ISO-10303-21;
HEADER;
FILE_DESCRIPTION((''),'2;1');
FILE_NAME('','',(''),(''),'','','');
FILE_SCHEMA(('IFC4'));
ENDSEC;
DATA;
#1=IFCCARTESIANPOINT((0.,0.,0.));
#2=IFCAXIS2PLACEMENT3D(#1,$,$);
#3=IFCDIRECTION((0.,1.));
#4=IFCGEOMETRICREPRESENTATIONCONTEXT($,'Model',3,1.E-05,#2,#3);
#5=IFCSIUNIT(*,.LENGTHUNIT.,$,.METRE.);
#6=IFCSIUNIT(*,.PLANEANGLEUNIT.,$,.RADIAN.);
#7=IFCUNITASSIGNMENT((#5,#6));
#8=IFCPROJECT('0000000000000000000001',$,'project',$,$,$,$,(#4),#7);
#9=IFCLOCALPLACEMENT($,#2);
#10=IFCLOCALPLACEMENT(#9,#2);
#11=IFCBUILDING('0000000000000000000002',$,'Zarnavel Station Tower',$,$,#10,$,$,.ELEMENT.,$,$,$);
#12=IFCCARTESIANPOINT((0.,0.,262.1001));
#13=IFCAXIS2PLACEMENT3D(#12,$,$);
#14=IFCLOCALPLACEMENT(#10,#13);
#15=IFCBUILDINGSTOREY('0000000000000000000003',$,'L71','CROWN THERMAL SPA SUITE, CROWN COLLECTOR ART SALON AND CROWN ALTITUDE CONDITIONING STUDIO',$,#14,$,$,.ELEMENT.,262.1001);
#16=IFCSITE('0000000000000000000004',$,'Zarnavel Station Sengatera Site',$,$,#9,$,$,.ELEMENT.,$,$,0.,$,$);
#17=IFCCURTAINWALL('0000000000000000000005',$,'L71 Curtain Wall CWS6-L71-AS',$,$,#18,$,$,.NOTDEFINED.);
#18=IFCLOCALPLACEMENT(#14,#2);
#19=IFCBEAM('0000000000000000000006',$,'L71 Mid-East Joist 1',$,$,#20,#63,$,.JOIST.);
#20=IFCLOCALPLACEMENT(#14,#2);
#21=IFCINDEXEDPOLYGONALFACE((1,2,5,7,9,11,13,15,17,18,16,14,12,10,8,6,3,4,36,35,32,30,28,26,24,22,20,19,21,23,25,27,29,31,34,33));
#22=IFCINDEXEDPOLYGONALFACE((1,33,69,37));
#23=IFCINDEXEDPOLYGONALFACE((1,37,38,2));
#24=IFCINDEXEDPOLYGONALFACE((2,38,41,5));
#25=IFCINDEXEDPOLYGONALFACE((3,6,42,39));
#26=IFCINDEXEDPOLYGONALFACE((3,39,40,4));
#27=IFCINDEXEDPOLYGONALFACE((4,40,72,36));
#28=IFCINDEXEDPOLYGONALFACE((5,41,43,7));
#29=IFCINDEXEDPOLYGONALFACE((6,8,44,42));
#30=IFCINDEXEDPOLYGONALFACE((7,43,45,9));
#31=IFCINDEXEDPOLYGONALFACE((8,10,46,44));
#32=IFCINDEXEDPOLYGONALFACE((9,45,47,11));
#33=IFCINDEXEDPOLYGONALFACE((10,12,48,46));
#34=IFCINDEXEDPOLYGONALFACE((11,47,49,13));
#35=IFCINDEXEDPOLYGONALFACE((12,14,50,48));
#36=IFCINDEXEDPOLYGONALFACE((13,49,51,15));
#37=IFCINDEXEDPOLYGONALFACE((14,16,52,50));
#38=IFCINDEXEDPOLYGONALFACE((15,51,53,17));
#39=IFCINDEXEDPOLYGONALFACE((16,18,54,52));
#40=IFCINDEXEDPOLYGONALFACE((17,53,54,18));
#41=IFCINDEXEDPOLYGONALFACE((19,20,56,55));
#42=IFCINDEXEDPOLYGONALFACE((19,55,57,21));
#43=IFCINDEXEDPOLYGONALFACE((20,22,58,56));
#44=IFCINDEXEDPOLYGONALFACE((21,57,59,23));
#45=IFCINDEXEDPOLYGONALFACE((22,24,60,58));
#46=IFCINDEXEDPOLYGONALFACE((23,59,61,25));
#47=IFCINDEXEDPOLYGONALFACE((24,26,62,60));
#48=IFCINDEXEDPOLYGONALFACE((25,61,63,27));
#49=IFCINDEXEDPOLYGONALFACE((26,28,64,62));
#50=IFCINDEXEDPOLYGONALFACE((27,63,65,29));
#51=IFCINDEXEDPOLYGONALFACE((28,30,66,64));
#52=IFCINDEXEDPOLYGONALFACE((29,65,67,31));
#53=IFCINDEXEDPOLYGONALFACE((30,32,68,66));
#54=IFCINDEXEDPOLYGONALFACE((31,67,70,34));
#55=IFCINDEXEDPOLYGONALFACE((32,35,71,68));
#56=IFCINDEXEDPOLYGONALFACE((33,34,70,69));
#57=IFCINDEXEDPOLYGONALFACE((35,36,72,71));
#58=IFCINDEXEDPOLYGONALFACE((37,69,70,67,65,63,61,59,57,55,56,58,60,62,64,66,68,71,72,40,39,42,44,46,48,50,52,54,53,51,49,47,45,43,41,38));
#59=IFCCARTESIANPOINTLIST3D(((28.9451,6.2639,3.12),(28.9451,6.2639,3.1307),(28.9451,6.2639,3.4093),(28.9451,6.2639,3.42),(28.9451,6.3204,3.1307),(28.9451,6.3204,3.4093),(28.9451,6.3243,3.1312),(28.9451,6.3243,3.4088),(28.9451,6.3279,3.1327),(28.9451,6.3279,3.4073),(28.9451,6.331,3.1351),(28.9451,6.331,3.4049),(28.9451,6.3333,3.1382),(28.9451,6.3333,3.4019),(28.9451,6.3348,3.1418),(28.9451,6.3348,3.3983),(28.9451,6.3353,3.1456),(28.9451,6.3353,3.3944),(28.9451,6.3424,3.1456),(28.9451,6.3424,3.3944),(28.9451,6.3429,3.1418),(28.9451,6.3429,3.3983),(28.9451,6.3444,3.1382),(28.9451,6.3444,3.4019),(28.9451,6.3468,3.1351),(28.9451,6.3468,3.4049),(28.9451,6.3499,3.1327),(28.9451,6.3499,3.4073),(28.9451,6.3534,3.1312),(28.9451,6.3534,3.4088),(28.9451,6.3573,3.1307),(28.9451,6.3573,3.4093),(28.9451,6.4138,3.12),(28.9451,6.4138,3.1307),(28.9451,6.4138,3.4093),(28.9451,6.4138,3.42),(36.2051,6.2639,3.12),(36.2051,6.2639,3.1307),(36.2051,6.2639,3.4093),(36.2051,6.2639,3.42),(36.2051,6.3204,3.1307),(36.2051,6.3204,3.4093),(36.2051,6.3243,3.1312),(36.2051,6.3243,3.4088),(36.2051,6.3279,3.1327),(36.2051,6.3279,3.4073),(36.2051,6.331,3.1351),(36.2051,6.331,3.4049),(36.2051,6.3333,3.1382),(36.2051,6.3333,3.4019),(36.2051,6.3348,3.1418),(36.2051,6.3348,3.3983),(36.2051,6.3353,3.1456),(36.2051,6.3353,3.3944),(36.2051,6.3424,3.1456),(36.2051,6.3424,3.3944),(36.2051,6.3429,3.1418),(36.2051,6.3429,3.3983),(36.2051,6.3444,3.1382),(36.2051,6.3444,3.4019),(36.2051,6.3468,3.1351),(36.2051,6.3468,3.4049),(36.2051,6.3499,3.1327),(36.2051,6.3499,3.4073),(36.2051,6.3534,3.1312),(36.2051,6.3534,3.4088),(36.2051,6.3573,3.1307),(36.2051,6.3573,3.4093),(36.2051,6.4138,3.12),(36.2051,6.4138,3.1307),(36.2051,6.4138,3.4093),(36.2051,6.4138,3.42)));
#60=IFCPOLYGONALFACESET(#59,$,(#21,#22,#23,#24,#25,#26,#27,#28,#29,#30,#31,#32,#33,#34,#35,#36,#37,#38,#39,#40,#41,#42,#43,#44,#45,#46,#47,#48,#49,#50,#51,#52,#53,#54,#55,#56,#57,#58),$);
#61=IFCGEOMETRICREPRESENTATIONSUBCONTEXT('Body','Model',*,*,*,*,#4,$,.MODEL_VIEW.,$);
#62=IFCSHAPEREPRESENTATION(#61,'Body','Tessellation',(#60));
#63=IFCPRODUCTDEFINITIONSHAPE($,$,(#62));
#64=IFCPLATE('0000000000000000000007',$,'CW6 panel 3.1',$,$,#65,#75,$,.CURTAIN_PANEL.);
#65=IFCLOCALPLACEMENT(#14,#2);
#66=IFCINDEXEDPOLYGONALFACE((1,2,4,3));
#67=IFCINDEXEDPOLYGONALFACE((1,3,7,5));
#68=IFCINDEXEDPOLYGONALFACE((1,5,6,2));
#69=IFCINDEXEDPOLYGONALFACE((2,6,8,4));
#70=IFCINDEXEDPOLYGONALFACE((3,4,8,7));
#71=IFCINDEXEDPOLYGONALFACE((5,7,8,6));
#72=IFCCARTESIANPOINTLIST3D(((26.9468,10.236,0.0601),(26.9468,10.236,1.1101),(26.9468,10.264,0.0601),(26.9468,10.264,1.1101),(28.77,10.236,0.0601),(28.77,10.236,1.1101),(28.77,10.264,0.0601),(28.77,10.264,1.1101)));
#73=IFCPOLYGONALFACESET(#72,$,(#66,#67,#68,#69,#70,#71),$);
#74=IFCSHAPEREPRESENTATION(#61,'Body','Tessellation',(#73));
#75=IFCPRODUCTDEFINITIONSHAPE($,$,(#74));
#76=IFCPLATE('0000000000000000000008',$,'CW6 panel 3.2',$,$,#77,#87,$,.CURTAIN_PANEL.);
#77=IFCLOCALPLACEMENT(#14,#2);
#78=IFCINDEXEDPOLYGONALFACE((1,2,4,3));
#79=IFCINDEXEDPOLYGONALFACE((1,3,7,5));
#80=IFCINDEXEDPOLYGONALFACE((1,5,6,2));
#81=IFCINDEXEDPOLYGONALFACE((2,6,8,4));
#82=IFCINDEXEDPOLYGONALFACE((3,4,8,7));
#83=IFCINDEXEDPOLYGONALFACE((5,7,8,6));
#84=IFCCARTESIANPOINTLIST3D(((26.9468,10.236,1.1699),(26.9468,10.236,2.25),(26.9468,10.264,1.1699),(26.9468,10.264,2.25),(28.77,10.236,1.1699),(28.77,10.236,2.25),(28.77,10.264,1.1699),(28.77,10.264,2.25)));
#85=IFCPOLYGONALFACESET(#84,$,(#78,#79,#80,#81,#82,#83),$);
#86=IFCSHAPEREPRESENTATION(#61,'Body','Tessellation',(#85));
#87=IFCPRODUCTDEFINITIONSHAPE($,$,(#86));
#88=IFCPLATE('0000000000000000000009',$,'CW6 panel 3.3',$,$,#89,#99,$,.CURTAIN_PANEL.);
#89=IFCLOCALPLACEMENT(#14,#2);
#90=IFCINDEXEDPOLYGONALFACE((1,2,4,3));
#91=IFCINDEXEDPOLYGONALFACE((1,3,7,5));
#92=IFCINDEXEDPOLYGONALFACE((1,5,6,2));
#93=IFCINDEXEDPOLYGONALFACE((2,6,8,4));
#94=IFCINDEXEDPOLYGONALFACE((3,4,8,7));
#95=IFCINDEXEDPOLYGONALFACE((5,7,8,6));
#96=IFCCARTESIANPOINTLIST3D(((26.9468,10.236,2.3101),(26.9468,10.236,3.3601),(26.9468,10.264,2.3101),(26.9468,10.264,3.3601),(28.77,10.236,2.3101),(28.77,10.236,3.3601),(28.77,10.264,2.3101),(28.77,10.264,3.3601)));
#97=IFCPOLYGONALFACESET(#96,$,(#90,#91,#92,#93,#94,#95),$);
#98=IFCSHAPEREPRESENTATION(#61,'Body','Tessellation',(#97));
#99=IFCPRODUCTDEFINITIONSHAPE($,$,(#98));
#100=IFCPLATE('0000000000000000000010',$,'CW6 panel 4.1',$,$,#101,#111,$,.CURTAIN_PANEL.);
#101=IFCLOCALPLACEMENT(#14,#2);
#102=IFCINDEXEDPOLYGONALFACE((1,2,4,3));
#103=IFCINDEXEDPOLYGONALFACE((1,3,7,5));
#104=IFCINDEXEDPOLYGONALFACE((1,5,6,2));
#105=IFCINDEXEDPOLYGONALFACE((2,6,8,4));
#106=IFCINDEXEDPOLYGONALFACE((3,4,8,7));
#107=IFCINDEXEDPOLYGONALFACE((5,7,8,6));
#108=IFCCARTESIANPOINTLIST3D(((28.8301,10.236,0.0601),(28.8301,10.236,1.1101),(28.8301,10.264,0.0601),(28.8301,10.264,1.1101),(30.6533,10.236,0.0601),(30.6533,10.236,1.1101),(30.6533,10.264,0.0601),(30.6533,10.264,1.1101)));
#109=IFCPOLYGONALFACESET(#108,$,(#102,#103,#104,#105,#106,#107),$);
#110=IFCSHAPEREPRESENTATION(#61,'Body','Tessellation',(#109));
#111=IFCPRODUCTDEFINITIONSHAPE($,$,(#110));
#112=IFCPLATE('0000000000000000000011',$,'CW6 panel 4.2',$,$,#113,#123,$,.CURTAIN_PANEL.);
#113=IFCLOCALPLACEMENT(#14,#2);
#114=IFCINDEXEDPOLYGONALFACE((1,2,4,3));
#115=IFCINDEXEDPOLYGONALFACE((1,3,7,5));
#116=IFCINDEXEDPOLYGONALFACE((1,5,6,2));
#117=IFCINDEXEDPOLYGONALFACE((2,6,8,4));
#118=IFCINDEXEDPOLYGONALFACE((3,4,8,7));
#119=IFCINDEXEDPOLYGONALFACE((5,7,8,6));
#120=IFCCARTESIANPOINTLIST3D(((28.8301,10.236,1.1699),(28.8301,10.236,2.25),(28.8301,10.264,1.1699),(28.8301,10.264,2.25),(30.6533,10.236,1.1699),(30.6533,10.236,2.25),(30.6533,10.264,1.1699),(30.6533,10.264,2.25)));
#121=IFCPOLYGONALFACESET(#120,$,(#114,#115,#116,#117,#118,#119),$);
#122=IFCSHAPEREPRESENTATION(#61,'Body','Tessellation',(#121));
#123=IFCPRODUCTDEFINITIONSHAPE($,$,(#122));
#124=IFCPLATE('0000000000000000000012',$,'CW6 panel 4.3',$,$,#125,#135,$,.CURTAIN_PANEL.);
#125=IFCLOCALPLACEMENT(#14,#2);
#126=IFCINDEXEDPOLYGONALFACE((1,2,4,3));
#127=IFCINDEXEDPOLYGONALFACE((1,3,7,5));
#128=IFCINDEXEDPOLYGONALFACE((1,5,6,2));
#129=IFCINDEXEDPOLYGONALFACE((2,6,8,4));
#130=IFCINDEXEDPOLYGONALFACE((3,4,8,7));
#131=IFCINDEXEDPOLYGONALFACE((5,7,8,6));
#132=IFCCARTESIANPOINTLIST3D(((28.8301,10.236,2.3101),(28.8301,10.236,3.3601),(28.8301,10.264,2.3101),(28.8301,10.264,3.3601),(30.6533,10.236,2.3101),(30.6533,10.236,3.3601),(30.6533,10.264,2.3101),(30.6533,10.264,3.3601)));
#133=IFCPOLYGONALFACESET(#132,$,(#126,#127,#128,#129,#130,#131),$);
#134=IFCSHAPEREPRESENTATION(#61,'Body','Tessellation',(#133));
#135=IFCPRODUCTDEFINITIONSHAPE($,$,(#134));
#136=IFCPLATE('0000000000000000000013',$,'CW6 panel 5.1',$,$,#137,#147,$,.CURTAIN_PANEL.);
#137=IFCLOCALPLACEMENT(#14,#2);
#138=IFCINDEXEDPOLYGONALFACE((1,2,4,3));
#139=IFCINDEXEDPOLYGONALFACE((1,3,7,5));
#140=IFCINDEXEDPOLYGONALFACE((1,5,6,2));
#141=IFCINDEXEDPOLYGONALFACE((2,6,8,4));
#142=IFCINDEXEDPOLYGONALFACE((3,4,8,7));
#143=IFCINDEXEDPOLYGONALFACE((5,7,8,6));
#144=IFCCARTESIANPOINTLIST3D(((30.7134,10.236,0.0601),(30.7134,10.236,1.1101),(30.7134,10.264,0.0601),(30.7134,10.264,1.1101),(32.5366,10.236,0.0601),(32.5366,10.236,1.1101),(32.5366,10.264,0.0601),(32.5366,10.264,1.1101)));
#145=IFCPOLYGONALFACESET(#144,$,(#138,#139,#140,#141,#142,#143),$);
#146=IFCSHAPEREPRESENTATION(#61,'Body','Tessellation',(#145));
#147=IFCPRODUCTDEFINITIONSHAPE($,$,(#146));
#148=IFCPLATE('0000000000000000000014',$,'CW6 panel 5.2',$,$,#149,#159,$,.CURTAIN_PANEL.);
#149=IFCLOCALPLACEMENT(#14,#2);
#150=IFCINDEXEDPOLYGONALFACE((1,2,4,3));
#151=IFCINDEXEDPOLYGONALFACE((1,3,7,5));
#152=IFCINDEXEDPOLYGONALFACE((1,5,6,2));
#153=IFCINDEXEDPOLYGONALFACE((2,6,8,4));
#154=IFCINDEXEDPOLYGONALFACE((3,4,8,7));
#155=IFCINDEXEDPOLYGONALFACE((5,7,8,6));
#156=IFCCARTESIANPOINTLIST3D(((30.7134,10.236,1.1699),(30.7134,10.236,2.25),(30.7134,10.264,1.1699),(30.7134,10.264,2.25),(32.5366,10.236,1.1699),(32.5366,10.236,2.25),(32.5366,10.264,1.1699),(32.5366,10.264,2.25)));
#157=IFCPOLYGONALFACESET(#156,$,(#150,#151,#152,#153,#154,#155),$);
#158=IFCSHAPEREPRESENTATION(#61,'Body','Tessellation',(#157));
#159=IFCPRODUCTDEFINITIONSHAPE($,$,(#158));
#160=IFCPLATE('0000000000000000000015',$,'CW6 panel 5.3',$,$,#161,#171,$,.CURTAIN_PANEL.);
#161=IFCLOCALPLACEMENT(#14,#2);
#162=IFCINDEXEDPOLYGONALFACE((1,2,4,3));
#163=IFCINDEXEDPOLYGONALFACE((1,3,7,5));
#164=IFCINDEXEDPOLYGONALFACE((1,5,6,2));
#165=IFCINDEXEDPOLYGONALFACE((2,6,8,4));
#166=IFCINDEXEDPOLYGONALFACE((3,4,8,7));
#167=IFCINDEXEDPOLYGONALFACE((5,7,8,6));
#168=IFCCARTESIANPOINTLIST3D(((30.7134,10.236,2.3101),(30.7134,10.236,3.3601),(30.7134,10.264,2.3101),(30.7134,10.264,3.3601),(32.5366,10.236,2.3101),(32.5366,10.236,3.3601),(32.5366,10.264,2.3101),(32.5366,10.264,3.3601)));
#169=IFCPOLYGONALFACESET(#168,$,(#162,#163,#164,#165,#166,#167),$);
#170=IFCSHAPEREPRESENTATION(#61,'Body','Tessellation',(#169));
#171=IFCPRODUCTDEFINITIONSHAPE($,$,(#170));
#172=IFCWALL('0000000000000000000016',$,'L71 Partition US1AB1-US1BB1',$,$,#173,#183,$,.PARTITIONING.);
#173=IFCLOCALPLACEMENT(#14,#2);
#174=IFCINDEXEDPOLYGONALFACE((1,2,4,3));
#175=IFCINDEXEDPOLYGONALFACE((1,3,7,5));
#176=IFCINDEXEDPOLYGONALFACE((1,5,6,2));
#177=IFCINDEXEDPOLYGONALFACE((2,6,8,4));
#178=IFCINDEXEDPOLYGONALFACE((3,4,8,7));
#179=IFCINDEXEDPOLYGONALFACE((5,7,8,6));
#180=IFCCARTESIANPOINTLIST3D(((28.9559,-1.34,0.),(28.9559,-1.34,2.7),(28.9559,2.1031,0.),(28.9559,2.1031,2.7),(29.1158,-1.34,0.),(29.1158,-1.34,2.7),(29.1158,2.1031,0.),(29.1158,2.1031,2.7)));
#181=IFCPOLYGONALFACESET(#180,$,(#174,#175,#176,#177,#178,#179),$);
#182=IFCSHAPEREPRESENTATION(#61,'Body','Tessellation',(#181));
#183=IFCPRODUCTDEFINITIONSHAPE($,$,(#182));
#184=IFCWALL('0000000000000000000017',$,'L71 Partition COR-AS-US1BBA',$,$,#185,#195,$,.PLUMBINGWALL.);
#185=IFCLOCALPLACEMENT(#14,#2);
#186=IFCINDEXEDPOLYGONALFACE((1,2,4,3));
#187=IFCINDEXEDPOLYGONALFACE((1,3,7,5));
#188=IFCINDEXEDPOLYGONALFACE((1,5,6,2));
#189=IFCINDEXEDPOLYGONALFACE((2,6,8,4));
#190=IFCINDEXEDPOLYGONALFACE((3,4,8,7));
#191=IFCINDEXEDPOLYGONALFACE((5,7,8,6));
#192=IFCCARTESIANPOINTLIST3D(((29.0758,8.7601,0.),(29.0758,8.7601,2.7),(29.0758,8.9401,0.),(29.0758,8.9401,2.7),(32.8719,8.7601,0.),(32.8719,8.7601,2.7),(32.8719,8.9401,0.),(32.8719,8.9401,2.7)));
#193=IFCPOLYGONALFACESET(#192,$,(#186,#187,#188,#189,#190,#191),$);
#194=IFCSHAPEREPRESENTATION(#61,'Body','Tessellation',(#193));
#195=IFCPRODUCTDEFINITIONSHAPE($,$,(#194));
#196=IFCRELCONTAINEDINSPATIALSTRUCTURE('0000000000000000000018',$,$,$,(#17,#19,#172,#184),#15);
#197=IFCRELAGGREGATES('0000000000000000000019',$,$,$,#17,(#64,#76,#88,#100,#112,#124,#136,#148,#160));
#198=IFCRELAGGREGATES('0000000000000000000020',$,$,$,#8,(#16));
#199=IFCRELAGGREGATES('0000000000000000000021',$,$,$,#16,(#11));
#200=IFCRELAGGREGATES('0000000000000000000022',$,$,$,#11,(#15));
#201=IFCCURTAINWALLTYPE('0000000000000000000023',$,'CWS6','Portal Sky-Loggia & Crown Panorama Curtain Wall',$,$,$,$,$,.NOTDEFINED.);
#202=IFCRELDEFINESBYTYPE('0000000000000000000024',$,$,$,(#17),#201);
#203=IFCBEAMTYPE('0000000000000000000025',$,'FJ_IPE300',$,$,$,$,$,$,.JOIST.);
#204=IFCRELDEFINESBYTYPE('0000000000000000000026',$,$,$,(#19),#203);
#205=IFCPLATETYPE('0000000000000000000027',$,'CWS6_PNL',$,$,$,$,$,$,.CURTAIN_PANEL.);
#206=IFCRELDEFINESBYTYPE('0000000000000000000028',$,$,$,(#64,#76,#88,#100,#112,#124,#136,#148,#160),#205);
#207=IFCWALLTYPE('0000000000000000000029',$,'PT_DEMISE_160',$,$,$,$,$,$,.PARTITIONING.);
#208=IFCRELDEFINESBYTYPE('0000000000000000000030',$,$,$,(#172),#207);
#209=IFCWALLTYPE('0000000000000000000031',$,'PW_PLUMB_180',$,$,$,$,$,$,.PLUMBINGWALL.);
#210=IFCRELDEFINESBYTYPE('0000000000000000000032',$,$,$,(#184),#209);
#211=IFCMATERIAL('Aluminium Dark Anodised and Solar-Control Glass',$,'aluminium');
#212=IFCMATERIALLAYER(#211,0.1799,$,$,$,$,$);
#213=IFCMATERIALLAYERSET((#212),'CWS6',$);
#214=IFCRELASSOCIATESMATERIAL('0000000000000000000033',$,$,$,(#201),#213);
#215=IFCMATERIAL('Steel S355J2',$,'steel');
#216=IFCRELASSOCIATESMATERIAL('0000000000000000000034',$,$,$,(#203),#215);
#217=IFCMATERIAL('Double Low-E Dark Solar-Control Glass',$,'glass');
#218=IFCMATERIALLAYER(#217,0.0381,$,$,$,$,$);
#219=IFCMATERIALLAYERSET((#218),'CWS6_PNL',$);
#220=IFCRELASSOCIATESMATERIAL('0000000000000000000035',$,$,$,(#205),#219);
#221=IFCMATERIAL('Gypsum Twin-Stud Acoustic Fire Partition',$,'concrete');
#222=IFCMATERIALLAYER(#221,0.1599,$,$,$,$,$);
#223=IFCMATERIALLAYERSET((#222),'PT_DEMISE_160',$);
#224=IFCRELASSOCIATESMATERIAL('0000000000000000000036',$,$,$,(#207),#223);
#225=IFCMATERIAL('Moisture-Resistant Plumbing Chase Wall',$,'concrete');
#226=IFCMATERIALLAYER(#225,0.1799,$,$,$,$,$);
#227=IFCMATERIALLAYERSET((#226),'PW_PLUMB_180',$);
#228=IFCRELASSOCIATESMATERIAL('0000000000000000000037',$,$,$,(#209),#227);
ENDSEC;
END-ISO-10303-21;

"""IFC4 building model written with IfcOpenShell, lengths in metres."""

from ifc_helpers import new_model, si_unit, direction, frame, frame_2d, origin, origin_2d, place, context, subcontext, project, spatial, rectangle, i_section, extrude, material, layer, layer_set, material_profile, profile_set, type_object, element, aggregate, save


model = new_model("IFC4")

# Units and contexts
model_context = context("Model", 3, precision=1e-05, world=origin(), true_north=direction((0.0, 1.0)))
body_context = subcontext(model_context, "Body", "Model", "MODEL_VIEW")
ifc_project = project(units=[si_unit("LENGTHUNIT", "METRE"), si_unit("PLANEANGLEUNIT", "RADIAN")], contexts=[model_context])

# Site, building, storey
site_placement = place(None, origin())
site = spatial("IfcSite", under=ifc_project, at=site_placement, Name="Zarnavel Station Sengatera Site", CompositionType="ELEMENT", RefElevation=0.0)
building_placement = place(site_placement, origin())
building = spatial("IfcBuilding", under=site, at=building_placement, Name="Zarnavel Station Tower", CompositionType="ELEMENT")
storey_placement = place(building_placement, frame((0.0, 0.0, 262.1001)))
storey = spatial("IfcBuildingStorey", under=building, at=storey_placement, Name="L71", Description="CROWN THERMAL SPA SUITE, CROWN COLLECTOR ART SALON AND CROWN ALTITUDE CONDITIONING STUDIO", CompositionType="ELEMENT", Elevation=262.1001)

# Curtain wall
ifc_material_1 = material(Name="Aluminium Dark Anodised and Solar-Control Glass", Category="aluminium")
ifc_layer_1 = layer(ifc_material_1, 0.1799)
ifc_layer_set_1 = layer_set([ifc_layer_1], Name="CWS6")
curtain_wall_type = type_object("IfcCurtainWallType", Name="CWS6", Description="Portal Sky-Loggia & Crown Panorama Curtain Wall", PredefinedType="NOTDEFINED", material=ifc_layer_set_1)
curtain_wall_placement = place(storey_placement, origin())
curtain_wall = element("IfcCurtainWall", 1, at=curtain_wall_placement, inside=storey, type_object=curtain_wall_type, Name="L71 Curtain Wall CWS6-L71-AS", PredefinedType="NOTDEFINED")

# Beam
ifc_material_2 = material(Name="Steel S355J2", Category="steel")
ifc_material_profile_1 = material_profile(ifc_material_2, i_section(OverallWidth=0.1499, OverallDepth=0.3, WebThickness=0.0071, FlangeThickness=0.0107, FilletRadius=0.0149, at=origin_2d()), Name="IPE300")
ifc_profile_set_1 = profile_set([ifc_material_profile_1], Name="Steel S355J2")
beam_type_1 = type_object("IfcBeamType", Name="FJ_IPE300", PredefinedType="JOIST", material=ifc_profile_set_1)
beam_1_placement = place(storey_placement, frame((28.9451, 6.3389, 3.27), z_axis=(1.0, 0.0, 0.0), x_axis=(0.0, 1.0, 0.0)))
element("IfcBeam", 2, at=beam_1_placement, inside=storey, type_object=beam_type_1, Name="L71 Mid-East Joist 1", PredefinedType="JOIST", context=body_context, shape_type="SweptSolid", body=[
    extrude(i_section(OverallWidth=0.1499, OverallDepth=0.3, WebThickness=0.0071, FlangeThickness=0.0107, FilletRadius=0.0149, at=origin_2d()), origin(), (0.0, 0.0, 1.0), 7.26),
])

# Plates
ifc_material_3 = material(Name="Double Low-E Dark Solar-Control Glass", Category="glass")
ifc_layer_2 = layer(ifc_material_3, 0.0381)
ifc_layer_set_2 = layer_set([ifc_layer_2], Name="CWS6_PNL")
plate_type = type_object("IfcPlateType", Name="CWS6_PNL", PredefinedType="CURTAIN_PANEL", material=ifc_layer_set_2)
plate_1_placement = place(storey_placement, frame((27.8584, 10.25, 0.0601), z_axis=(0.0, 0.0, 1.0), x_axis=(1.0, 0.0, 0.0)))
plate_1 = element("IfcPlate", 3, at=plate_1_placement, type_object=plate_type, Name="CW6 panel 3.1", PredefinedType="CURTAIN_PANEL", context=body_context, shape_type="SweptSolid", body=[
    extrude(rectangle(XDim=1.8232, YDim=0.0281, at=origin_2d()), origin(), (0.0, 0.0, 1.0), 1.05),
])
plate_2_placement = place(storey_placement, frame((27.8584, 10.25, 1.1699), z_axis=(0.0, 0.0, 1.0), x_axis=(1.0, 0.0, 0.0)))
plate_2 = element("IfcPlate", 4, at=plate_2_placement, type_object=plate_type, Name="CW6 panel 3.2", PredefinedType="CURTAIN_PANEL", context=body_context, shape_type="SweptSolid", body=[
    extrude(rectangle(XDim=1.8232, YDim=0.0281, at=origin_2d()), origin(), (0.0, 0.0, 1.0), 1.0801),
])
plate_3_placement = place(storey_placement, frame((27.8584, 10.25, 2.3101), z_axis=(0.0, 0.0, 1.0), x_axis=(1.0, 0.0, 0.0)))
plate_3 = element("IfcPlate", 5, at=plate_3_placement, type_object=plate_type, Name="CW6 panel 3.3", PredefinedType="CURTAIN_PANEL", context=body_context, shape_type="SweptSolid", body=[
    extrude(rectangle(XDim=1.8232, YDim=0.0281, at=origin_2d()), origin(), (0.0, 0.0, 1.0), 1.05),
])
plate_4_placement = place(storey_placement, frame((29.7417, 10.25, 0.0601), z_axis=(0.0, 0.0, 1.0), x_axis=(1.0, 0.0, 0.0)))
plate_4 = element("IfcPlate", 6, at=plate_4_placement, type_object=plate_type, Name="CW6 panel 4.1", PredefinedType="CURTAIN_PANEL", context=body_context, shape_type="SweptSolid", body=[
    extrude(rectangle(XDim=1.8232, YDim=0.0281, at=origin_2d()), origin(), (0.0, 0.0, 1.0), 1.05),
])
plate_5_placement = place(storey_placement, frame((29.7417, 10.25, 1.1699), z_axis=(0.0, 0.0, 1.0), x_axis=(1.0, 0.0, 0.0)))
plate_5 = element("IfcPlate", 7, at=plate_5_placement, type_object=plate_type, Name="CW6 panel 4.2", PredefinedType="CURTAIN_PANEL", context=body_context, shape_type="SweptSolid", body=[
    extrude(rectangle(XDim=1.8232, YDim=0.0281, at=origin_2d()), origin(), (0.0, 0.0, 1.0), 1.0801),
])
plate_6_placement = place(storey_placement, frame((29.7417, 10.25, 2.3101), z_axis=(0.0, 0.0, 1.0), x_axis=(1.0, 0.0, 0.0)))
plate_6 = element("IfcPlate", 8, at=plate_6_placement, type_object=plate_type, Name="CW6 panel 4.3", PredefinedType="CURTAIN_PANEL", context=body_context, shape_type="SweptSolid", body=[
    extrude(rectangle(XDim=1.8232, YDim=0.0281, at=origin_2d()), origin(), (0.0, 0.0, 1.0), 1.05),
])
plate_7_placement = place(storey_placement, frame((31.625, 10.25, 0.0601), z_axis=(0.0, 0.0, 1.0), x_axis=(1.0, 0.0, 0.0)))
plate_7 = element("IfcPlate", 9, at=plate_7_placement, type_object=plate_type, Name="CW6 panel 5.1", PredefinedType="CURTAIN_PANEL", context=body_context, shape_type="SweptSolid", body=[
    extrude(rectangle(XDim=1.8232, YDim=0.0281, at=origin_2d()), origin(), (0.0, 0.0, 1.0), 1.05),
])
plate_8_placement = place(storey_placement, frame((31.625, 10.25, 1.1699), z_axis=(0.0, 0.0, 1.0), x_axis=(1.0, 0.0, 0.0)))
plate_8 = element("IfcPlate", 10, at=plate_8_placement, type_object=plate_type, Name="CW6 panel 5.2", PredefinedType="CURTAIN_PANEL", context=body_context, shape_type="SweptSolid", body=[
    extrude(rectangle(XDim=1.8232, YDim=0.0281, at=origin_2d()), origin(), (0.0, 0.0, 1.0), 1.0801),
])
plate_9_placement = place(storey_placement, frame((31.625, 10.25, 2.3101), z_axis=(0.0, 0.0, 1.0), x_axis=(1.0, 0.0, 0.0)))
plate_9 = element("IfcPlate", 11, at=plate_9_placement, type_object=plate_type, Name="CW6 panel 5.3", PredefinedType="CURTAIN_PANEL", context=body_context, shape_type="SweptSolid", body=[
    extrude(rectangle(XDim=1.8232, YDim=0.0281, at=origin_2d()), origin(), (0.0, 0.0, 1.0), 1.05),
])
aggregate(curtain_wall, [plate_1, plate_2, plate_3, plate_4, plate_5, plate_6, plate_7, plate_8, plate_9])

# Walls
ifc_material_4 = material(Name="Gypsum Twin-Stud Acoustic Fire Partition", Category="concrete")
ifc_layer_3 = layer(ifc_material_4, 0.1599)
ifc_layer_set_3 = layer_set([ifc_layer_3], Name="PT_DEMISE_160")
wall_type_1 = type_object("IfcWallType", Name="PT_DEMISE_160", PredefinedType="PARTITIONING", material=ifc_layer_set_3)
wall_1_placement = place(storey_placement, frame((29.0359, -1.3401, 0.0), z_axis=(0.0, 0.0, 1.0), x_axis=(0.0, 1.0, 0.0)))
element("IfcWall", 12, at=wall_1_placement, inside=storey, type_object=wall_type_1, Name="L71 Partition US1AB1-US1BB1", PredefinedType="PARTITIONING", context=body_context, shape_type="SweptSolid", body=[
    extrude(rectangle(XDim=3.4431, YDim=0.1599, at=frame_2d((1.7217, 0.0))), origin(), (0.0, 0.0, 1.0), 2.7),
])
ifc_material_5 = material(Name="Moisture-Resistant Plumbing Chase Wall", Category="concrete")
ifc_layer_4 = layer(ifc_material_5, 0.1799)
ifc_layer_set_4 = layer_set([ifc_layer_4], Name="PW_PLUMB_180")
wall_type_2 = type_object("IfcWallType", Name="PW_PLUMB_180", PredefinedType="PLUMBINGWALL", material=ifc_layer_set_4)
wall_2_placement = place(storey_placement, frame((29.0759, 8.8501, 0.0), z_axis=(0.0, 0.0, 1.0), x_axis=(1.0, 0.0, 0.0)))
element("IfcWall", 13, at=wall_2_placement, inside=storey, type_object=wall_type_2, Name="L71 Partition COR-AS-US1BBA", PredefinedType="PLUMBINGWALL", context=body_context, shape_type="SweptSolid", body=[
    extrude(rectangle(XDim=3.7961, YDim=0.1799, at=frame_2d((1.8979, 0.0))), origin(), (0.0, 0.0, 1.0), 2.7),
])

save(model, "model.ifc")
